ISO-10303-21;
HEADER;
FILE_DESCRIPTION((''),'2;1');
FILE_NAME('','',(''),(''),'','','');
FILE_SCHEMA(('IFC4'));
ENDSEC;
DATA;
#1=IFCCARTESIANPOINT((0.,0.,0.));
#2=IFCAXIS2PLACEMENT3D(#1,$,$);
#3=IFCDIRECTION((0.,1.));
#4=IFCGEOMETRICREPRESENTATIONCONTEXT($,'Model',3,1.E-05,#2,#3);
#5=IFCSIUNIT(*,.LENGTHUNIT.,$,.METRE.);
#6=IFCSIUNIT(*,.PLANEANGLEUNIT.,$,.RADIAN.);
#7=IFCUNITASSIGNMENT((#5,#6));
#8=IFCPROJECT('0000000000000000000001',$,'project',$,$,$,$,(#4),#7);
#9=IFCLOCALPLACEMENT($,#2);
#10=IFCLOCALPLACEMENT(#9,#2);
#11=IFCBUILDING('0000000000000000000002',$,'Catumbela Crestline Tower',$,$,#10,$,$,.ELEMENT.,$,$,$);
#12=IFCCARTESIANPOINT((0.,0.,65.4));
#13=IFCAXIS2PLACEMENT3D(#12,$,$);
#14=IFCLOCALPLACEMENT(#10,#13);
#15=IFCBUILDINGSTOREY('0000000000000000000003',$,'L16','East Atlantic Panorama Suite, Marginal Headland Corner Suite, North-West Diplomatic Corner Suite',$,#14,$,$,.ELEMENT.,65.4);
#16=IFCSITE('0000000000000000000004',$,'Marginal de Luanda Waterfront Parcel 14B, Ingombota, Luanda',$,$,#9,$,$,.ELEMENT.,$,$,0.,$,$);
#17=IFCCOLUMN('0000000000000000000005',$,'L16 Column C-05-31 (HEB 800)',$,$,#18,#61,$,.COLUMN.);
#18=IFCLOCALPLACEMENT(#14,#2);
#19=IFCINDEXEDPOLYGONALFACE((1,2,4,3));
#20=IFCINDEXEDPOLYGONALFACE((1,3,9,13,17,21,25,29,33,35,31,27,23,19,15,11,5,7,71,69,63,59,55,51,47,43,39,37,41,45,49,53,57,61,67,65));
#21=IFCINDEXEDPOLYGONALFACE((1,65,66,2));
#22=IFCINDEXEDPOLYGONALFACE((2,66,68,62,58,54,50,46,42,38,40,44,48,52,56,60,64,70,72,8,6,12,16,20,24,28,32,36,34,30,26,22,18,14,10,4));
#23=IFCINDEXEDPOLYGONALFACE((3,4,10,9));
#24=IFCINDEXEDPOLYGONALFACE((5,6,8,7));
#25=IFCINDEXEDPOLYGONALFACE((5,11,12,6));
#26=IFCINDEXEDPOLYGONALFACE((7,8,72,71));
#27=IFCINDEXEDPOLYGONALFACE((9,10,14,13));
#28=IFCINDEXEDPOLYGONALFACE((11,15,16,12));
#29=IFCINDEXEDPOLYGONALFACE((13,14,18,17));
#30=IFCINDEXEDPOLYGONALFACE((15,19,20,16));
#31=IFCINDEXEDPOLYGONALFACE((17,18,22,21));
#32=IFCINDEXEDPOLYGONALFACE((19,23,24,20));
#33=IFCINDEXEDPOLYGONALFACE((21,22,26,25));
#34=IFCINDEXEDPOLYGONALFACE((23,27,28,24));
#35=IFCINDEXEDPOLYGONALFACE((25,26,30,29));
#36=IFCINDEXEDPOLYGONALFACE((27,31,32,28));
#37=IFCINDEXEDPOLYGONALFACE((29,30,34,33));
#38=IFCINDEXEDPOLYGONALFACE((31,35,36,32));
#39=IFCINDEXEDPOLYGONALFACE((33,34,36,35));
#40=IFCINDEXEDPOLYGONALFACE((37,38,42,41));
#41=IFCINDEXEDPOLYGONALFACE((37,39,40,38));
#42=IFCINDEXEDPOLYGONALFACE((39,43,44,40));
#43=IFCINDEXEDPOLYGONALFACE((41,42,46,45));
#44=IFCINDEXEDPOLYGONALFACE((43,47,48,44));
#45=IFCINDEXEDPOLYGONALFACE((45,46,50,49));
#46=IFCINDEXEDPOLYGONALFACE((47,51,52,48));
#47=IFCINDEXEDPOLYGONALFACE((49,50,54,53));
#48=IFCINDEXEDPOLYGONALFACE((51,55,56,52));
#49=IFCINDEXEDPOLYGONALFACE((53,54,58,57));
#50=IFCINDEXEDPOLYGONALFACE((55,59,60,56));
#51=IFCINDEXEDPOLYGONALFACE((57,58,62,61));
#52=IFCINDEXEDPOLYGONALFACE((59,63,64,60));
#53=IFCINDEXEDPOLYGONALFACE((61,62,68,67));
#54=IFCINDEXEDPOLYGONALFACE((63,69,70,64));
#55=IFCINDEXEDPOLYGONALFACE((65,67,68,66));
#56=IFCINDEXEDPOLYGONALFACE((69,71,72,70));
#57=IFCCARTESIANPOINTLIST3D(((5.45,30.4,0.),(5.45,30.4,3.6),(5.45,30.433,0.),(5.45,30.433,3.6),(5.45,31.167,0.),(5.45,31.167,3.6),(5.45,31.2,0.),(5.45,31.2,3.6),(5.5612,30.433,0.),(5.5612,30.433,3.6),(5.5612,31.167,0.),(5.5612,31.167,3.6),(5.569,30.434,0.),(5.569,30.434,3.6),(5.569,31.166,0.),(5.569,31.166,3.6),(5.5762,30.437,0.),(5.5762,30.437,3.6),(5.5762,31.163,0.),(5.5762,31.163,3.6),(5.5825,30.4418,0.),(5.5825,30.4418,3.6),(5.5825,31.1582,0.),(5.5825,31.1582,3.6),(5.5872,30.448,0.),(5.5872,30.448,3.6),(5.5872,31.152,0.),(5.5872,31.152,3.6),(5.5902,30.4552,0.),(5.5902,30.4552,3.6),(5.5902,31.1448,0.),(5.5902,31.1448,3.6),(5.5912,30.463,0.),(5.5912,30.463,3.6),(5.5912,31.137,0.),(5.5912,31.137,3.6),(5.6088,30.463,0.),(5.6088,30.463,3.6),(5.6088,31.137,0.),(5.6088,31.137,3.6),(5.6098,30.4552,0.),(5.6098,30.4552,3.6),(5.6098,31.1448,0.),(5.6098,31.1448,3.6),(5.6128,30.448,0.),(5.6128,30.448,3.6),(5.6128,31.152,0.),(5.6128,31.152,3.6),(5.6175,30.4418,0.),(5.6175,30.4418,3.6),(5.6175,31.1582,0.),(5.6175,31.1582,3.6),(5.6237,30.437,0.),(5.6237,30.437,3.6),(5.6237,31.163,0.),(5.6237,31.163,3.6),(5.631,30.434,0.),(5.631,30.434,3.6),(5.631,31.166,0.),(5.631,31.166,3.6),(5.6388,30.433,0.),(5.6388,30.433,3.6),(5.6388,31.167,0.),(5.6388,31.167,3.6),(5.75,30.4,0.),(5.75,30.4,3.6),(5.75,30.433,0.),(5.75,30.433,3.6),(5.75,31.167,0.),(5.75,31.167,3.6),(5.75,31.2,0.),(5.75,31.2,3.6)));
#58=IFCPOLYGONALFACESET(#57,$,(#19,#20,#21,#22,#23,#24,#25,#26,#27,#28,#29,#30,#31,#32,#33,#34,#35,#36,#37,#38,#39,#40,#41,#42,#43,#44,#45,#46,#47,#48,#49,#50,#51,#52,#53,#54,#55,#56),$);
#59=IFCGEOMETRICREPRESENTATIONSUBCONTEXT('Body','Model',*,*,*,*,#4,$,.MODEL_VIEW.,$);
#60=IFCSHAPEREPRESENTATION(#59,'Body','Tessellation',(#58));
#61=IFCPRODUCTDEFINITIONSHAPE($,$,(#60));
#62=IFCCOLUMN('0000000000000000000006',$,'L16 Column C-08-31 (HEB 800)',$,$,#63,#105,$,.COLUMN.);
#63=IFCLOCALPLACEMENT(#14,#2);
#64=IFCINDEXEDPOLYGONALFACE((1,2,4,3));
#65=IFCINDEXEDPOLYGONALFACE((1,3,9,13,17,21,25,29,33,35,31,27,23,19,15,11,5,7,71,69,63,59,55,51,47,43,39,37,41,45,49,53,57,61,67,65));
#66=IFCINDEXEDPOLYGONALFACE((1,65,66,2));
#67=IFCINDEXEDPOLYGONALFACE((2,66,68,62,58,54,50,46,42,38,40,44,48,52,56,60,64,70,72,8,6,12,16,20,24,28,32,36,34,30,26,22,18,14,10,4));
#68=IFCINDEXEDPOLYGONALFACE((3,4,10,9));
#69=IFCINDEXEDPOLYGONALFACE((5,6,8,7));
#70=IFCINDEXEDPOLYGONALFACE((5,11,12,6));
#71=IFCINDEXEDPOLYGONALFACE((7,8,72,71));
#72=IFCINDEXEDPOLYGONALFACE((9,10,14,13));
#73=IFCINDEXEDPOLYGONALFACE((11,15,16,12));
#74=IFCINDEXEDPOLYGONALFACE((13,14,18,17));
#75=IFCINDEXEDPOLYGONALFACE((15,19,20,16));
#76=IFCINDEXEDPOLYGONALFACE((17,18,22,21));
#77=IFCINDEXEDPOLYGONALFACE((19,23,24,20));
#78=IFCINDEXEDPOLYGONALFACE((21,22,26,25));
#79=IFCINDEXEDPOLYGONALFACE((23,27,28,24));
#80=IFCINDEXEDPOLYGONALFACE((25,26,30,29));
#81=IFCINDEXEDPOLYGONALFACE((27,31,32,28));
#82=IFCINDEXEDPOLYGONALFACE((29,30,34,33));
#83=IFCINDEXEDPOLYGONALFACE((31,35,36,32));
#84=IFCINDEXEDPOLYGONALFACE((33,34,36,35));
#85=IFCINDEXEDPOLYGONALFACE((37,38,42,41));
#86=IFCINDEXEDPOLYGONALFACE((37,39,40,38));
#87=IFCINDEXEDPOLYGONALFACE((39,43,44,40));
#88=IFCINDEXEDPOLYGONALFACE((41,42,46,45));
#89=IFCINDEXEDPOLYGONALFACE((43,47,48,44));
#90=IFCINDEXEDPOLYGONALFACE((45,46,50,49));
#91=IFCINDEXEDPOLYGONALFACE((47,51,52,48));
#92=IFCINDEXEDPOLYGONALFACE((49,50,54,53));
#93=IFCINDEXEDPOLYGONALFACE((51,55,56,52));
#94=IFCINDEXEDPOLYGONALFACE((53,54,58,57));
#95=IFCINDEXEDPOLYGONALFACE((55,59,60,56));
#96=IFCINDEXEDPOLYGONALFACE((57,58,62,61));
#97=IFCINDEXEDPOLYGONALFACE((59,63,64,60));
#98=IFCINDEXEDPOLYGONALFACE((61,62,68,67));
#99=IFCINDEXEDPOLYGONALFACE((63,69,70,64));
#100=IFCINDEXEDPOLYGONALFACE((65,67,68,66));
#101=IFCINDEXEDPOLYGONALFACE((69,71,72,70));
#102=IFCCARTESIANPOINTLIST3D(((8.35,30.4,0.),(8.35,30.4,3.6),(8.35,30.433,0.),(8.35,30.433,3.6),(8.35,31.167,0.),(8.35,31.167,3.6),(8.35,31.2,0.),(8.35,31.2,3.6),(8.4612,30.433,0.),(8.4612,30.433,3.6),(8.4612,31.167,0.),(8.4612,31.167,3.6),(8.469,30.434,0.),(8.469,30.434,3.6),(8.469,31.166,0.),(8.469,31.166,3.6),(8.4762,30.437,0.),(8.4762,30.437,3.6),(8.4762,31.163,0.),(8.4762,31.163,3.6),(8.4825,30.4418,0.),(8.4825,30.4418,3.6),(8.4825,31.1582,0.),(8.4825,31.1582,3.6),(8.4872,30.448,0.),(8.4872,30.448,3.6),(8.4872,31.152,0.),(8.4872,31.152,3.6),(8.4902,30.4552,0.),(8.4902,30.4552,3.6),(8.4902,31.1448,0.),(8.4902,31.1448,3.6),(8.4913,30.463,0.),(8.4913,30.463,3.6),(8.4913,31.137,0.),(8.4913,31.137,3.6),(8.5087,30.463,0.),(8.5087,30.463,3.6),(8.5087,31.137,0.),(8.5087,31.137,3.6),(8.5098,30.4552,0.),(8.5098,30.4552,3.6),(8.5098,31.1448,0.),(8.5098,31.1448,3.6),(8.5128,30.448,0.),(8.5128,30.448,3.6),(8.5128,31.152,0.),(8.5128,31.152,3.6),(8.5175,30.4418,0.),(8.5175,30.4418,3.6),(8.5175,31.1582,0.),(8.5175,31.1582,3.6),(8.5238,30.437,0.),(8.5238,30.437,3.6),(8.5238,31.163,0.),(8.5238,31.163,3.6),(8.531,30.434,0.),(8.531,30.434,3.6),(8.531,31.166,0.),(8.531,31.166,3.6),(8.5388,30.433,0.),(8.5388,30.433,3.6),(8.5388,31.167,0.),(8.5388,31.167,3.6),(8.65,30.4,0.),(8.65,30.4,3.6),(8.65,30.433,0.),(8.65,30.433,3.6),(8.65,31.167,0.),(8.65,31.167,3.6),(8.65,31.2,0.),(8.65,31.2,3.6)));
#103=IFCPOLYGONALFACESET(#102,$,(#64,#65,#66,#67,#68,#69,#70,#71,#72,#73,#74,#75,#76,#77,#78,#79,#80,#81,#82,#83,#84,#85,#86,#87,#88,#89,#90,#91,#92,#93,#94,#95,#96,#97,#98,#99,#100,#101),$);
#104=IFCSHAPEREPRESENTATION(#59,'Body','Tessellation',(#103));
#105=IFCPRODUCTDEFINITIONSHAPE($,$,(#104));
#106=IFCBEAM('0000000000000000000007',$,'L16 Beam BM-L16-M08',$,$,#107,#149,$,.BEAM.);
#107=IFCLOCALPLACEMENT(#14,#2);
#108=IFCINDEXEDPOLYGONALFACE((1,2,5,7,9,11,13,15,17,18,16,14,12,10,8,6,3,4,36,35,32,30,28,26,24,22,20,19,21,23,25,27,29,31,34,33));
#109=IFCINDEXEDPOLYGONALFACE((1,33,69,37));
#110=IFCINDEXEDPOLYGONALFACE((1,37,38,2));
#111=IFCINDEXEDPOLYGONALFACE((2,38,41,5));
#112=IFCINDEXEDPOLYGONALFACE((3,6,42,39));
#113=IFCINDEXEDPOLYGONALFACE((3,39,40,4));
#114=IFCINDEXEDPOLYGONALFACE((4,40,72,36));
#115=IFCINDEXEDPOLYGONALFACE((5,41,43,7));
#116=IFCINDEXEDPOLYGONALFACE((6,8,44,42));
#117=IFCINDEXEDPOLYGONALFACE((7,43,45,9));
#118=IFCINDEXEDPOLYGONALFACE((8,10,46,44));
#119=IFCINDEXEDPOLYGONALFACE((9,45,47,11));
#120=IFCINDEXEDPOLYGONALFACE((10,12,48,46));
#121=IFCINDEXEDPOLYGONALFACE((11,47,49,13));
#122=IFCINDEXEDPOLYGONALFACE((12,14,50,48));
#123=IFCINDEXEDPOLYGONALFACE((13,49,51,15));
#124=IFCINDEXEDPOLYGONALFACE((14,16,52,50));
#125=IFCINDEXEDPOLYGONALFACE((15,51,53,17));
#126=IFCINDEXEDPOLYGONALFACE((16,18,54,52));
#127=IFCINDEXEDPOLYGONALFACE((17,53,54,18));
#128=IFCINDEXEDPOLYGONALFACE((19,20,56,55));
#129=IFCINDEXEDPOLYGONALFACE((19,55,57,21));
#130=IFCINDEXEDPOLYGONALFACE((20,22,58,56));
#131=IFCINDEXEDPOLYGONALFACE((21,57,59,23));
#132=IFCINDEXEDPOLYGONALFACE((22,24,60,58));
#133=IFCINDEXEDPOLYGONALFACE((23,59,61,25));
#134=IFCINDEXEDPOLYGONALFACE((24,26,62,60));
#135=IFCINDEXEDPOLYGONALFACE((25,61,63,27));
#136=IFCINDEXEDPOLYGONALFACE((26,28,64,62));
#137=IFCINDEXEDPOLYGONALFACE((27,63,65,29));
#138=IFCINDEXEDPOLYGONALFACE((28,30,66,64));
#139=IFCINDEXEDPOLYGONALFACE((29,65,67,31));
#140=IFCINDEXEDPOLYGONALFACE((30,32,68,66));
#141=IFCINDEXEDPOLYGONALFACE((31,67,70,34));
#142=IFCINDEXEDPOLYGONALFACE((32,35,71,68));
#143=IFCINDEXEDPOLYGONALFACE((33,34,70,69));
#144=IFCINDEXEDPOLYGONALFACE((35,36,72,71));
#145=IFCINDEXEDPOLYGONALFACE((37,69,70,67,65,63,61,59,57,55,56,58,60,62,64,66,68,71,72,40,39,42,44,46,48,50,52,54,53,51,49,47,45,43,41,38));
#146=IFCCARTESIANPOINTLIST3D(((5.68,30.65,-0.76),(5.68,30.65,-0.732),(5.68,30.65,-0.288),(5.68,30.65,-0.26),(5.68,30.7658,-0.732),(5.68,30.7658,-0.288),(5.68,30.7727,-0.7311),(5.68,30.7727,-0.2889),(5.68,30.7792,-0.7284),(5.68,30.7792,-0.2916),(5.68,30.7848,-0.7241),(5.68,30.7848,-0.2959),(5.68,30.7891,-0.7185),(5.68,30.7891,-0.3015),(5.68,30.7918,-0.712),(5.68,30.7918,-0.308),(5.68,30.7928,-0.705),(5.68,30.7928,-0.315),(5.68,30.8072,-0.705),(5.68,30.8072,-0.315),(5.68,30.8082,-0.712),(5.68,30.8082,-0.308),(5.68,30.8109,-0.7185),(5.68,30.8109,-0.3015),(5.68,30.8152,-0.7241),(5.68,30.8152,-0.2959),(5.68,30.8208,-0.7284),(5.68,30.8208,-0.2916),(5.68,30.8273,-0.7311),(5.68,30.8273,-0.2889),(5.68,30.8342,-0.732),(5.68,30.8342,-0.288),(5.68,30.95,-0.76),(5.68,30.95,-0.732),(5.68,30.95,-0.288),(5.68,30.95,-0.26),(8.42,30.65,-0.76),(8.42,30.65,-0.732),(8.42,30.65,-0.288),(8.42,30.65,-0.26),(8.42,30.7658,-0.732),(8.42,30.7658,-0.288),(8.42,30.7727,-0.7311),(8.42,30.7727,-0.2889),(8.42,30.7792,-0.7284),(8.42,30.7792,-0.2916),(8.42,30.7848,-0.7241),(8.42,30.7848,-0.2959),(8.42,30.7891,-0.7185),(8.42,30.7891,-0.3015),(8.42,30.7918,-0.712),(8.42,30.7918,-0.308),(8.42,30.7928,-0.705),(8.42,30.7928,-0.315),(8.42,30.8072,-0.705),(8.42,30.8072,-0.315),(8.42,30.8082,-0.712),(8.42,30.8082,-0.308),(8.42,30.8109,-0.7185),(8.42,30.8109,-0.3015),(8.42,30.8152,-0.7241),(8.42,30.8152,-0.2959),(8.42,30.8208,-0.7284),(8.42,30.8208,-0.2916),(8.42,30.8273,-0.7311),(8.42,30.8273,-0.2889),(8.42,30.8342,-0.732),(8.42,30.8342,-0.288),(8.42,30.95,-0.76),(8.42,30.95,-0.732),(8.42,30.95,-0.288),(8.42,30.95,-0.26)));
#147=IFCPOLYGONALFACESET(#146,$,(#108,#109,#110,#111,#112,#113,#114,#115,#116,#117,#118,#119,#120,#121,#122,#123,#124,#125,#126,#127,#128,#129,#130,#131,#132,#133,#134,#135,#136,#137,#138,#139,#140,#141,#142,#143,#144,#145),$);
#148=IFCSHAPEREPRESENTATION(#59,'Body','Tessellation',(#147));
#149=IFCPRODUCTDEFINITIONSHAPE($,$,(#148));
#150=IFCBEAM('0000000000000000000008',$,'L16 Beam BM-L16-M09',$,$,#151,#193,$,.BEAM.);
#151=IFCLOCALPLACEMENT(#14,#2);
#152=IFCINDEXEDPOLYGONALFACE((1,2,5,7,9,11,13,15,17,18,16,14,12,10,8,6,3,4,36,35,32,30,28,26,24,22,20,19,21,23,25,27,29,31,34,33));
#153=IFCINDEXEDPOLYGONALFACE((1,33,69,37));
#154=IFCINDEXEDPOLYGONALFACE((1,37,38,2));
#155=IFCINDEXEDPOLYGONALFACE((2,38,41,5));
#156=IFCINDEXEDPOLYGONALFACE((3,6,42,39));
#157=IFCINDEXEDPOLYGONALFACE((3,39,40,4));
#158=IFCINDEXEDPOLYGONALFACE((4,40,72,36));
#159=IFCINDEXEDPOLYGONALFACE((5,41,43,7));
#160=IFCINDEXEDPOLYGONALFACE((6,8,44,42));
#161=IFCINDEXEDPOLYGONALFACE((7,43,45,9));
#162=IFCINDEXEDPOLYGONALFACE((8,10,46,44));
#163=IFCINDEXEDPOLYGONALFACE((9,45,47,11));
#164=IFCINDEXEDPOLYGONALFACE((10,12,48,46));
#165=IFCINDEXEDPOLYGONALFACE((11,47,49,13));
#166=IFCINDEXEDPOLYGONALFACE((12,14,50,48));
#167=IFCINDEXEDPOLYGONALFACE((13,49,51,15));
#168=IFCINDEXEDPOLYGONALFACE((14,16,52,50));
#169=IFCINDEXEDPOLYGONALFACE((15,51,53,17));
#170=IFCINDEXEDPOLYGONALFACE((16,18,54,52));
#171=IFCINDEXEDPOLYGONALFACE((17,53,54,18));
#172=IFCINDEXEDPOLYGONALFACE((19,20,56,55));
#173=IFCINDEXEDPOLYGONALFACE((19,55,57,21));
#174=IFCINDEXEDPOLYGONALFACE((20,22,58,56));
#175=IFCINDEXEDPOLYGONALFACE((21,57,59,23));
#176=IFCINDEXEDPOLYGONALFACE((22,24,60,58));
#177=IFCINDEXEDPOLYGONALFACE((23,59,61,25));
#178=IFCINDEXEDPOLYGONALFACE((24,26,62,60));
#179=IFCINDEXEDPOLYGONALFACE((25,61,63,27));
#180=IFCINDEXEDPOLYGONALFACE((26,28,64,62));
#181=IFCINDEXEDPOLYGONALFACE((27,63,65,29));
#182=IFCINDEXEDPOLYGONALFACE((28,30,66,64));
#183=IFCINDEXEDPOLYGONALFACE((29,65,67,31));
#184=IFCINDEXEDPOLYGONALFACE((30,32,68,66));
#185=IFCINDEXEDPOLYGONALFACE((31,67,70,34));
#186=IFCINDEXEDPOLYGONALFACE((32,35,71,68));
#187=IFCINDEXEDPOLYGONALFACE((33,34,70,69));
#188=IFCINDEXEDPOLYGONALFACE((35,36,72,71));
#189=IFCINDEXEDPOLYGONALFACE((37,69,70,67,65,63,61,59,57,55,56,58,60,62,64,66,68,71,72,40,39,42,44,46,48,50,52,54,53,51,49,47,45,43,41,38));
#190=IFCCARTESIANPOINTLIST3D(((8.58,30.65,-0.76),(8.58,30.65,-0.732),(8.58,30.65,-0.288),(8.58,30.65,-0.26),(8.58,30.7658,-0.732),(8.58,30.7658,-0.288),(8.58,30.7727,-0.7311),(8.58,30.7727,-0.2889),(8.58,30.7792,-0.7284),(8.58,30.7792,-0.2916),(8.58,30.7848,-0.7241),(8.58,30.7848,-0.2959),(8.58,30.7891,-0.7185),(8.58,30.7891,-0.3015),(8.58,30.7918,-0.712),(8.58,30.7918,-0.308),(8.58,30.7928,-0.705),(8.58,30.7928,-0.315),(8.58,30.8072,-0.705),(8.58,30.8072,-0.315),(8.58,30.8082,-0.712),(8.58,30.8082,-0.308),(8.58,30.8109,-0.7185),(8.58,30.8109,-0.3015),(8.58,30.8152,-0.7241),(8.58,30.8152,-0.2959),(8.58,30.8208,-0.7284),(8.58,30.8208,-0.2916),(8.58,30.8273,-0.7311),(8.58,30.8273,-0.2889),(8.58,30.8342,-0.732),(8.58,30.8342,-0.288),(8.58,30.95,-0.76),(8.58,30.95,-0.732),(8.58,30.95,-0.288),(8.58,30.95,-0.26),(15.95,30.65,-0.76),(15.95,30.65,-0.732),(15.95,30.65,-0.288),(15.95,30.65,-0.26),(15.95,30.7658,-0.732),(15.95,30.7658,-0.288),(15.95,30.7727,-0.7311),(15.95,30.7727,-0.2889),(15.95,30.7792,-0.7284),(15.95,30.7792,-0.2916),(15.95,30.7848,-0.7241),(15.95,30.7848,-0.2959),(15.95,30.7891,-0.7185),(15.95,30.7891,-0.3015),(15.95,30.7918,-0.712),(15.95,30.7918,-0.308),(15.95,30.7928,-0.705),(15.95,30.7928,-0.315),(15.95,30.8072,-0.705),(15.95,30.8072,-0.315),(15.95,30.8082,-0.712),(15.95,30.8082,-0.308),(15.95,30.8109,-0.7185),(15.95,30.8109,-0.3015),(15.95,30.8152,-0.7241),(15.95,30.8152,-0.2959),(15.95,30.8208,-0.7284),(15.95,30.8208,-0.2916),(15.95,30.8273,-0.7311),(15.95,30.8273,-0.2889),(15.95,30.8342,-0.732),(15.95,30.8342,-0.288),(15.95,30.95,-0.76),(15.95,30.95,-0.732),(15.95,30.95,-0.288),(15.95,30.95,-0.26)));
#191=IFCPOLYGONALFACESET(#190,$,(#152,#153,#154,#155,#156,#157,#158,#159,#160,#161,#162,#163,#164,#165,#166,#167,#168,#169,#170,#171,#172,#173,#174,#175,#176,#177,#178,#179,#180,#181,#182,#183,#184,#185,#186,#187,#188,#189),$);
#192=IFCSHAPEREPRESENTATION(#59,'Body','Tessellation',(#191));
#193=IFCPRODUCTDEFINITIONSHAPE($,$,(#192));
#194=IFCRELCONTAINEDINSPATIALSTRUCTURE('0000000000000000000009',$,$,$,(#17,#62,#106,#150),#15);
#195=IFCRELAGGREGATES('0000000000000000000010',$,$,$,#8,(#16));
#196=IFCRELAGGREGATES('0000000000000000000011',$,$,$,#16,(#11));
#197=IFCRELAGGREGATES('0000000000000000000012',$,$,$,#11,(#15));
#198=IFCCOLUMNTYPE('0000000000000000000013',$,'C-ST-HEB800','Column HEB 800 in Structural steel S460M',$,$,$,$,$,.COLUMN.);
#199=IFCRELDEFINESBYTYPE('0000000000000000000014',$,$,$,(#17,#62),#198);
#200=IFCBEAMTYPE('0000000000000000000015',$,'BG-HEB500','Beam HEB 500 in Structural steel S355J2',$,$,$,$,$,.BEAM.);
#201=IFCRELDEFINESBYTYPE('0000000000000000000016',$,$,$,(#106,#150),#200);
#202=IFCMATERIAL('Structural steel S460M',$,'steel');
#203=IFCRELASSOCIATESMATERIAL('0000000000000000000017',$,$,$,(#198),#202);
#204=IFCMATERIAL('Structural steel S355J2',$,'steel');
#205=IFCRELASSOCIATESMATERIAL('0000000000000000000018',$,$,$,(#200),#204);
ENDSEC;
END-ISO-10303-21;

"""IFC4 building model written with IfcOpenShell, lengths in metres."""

from ifc_helpers import new_model, si_unit, direction, frame, origin, origin_2d, place, context, subcontext, project, spatial, i_section, extrude, material, material_profile, profile_set, type_object, element, save


model = new_model("IFC4")

# Units and contexts
model_context = context("Model", 3, precision=1e-05, world=origin(), true_north=direction((0.0, 1.0)))
body_context = subcontext(model_context, "Body", "Model", "MODEL_VIEW")
ifc_project = project(units=[si_unit("LENGTHUNIT", "METRE"), si_unit("PLANEANGLEUNIT", "RADIAN")], contexts=[model_context])

# Site, building, storey
site_placement = place(None, origin())
site = spatial("IfcSite", under=ifc_project, at=site_placement, Name="Marginal de Luanda Waterfront Parcel 14B, Ingombota, Luanda", CompositionType="ELEMENT", RefElevation=0.0)
building_placement = place(site_placement, origin())
building = spatial("IfcBuilding", under=site, at=building_placement, Name="Catumbela Crestline Tower", CompositionType="ELEMENT")
storey_placement = place(building_placement, frame((0.0, 0.0, 65.4)))
storey = spatial("IfcBuildingStorey", under=building, at=storey_placement, Name="L16", Description="East Atlantic Panorama Suite, Marginal Headland Corner Suite, North-West Diplomatic Corner Suite", CompositionType="ELEMENT", Elevation=65.4)

# Columns
ifc_material_1 = material(Name="Structural steel S460M", Category="steel")
ifc_material_profile_1 = material_profile(ifc_material_1, i_section(OverallWidth=0.3, OverallDepth=0.8, WebThickness=0.0175, FlangeThickness=0.033, FilletRadius=0.03, at=origin_2d()), Name="HEB 800")
ifc_profile_set_1 = profile_set([ifc_material_profile_1], Name="Structural steel S460M")
column_type = type_object("IfcColumnType", Name="C-ST-HEB800", Description="Column HEB 800 in Structural steel S460M", PredefinedType="COLUMN", material=ifc_profile_set_1)
for number, where, z_axis, x_axis, name in (
    (1, (5.6, 30.8, 0.0), (0.0, 0.0, 1.0), (1.0, 0.0, 0.0), "L16 Column C-05-31 (HEB 800)"),
    (2, (8.5, 30.8, 0.0), (0.0, 0.0, 1.0), (1.0, 0.0, 0.0), "L16 Column C-08-31 (HEB 800)"),
):
    element("IfcColumn", number, at=place(storey_placement, frame(where, z_axis=z_axis, x_axis=x_axis)), inside=storey, type_object=column_type, Name=name, PredefinedType="COLUMN", context=body_context, shape_type="SweptSolid", body=[
        extrude(i_section(OverallWidth=0.3, OverallDepth=0.8, WebThickness=0.0175, FlangeThickness=0.033, FilletRadius=0.03, at=origin_2d()), origin(), (0.0, 0.0, 1.0), 3.6),
    ])

# Beams
ifc_material_2 = material(Name="Structural steel S355J2", Category="steel")
ifc_material_profile_2 = material_profile(ifc_material_2, i_section(OverallWidth=0.3, OverallDepth=0.5, WebThickness=0.0145, FlangeThickness=0.028, FilletRadius=0.027, at=origin_2d()), Name="HEB 500")
ifc_profile_set_2 = profile_set([ifc_material_profile_2], Name="Structural steel S355J2")
beam_type = type_object("IfcBeamType", Name="BG-HEB500", Description="Beam HEB 500 in Structural steel S355J2", PredefinedType="BEAM", material=ifc_profile_set_2)
beam_1_placement = place(storey_placement, frame((5.68, 30.8, -0.51), z_axis=(1.0, 0.0, 0.0), x_axis=(0.0, 1.0, 0.0)))
element("IfcBeam", 3, at=beam_1_placement, inside=storey, type_object=beam_type, Name="L16 Beam BM-L16-M08", PredefinedType="BEAM", context=body_context, shape_type="SweptSolid", body=[
    extrude(i_section(OverallWidth=0.3, OverallDepth=0.5, WebThickness=0.0145, FlangeThickness=0.028, FilletRadius=0.027, at=origin_2d()), origin(), (0.0, 0.0, 1.0), 2.74),
])
beam_2_placement = place(storey_placement, frame((8.58, 30.8, -0.51), z_axis=(1.0, 0.0, 0.0), x_axis=(0.0, 1.0, 0.0)))
element("IfcBeam", 4, at=beam_2_placement, inside=storey, type_object=beam_type, Name="L16 Beam BM-L16-M09", PredefinedType="BEAM", context=body_context, shape_type="SweptSolid", body=[
    extrude(i_section(OverallWidth=0.3, OverallDepth=0.5, WebThickness=0.0145, FlangeThickness=0.028, FilletRadius=0.027, at=origin_2d()), origin(), (0.0, 0.0, 1.0), 7.37),
])

save(model, "model.ifc")
